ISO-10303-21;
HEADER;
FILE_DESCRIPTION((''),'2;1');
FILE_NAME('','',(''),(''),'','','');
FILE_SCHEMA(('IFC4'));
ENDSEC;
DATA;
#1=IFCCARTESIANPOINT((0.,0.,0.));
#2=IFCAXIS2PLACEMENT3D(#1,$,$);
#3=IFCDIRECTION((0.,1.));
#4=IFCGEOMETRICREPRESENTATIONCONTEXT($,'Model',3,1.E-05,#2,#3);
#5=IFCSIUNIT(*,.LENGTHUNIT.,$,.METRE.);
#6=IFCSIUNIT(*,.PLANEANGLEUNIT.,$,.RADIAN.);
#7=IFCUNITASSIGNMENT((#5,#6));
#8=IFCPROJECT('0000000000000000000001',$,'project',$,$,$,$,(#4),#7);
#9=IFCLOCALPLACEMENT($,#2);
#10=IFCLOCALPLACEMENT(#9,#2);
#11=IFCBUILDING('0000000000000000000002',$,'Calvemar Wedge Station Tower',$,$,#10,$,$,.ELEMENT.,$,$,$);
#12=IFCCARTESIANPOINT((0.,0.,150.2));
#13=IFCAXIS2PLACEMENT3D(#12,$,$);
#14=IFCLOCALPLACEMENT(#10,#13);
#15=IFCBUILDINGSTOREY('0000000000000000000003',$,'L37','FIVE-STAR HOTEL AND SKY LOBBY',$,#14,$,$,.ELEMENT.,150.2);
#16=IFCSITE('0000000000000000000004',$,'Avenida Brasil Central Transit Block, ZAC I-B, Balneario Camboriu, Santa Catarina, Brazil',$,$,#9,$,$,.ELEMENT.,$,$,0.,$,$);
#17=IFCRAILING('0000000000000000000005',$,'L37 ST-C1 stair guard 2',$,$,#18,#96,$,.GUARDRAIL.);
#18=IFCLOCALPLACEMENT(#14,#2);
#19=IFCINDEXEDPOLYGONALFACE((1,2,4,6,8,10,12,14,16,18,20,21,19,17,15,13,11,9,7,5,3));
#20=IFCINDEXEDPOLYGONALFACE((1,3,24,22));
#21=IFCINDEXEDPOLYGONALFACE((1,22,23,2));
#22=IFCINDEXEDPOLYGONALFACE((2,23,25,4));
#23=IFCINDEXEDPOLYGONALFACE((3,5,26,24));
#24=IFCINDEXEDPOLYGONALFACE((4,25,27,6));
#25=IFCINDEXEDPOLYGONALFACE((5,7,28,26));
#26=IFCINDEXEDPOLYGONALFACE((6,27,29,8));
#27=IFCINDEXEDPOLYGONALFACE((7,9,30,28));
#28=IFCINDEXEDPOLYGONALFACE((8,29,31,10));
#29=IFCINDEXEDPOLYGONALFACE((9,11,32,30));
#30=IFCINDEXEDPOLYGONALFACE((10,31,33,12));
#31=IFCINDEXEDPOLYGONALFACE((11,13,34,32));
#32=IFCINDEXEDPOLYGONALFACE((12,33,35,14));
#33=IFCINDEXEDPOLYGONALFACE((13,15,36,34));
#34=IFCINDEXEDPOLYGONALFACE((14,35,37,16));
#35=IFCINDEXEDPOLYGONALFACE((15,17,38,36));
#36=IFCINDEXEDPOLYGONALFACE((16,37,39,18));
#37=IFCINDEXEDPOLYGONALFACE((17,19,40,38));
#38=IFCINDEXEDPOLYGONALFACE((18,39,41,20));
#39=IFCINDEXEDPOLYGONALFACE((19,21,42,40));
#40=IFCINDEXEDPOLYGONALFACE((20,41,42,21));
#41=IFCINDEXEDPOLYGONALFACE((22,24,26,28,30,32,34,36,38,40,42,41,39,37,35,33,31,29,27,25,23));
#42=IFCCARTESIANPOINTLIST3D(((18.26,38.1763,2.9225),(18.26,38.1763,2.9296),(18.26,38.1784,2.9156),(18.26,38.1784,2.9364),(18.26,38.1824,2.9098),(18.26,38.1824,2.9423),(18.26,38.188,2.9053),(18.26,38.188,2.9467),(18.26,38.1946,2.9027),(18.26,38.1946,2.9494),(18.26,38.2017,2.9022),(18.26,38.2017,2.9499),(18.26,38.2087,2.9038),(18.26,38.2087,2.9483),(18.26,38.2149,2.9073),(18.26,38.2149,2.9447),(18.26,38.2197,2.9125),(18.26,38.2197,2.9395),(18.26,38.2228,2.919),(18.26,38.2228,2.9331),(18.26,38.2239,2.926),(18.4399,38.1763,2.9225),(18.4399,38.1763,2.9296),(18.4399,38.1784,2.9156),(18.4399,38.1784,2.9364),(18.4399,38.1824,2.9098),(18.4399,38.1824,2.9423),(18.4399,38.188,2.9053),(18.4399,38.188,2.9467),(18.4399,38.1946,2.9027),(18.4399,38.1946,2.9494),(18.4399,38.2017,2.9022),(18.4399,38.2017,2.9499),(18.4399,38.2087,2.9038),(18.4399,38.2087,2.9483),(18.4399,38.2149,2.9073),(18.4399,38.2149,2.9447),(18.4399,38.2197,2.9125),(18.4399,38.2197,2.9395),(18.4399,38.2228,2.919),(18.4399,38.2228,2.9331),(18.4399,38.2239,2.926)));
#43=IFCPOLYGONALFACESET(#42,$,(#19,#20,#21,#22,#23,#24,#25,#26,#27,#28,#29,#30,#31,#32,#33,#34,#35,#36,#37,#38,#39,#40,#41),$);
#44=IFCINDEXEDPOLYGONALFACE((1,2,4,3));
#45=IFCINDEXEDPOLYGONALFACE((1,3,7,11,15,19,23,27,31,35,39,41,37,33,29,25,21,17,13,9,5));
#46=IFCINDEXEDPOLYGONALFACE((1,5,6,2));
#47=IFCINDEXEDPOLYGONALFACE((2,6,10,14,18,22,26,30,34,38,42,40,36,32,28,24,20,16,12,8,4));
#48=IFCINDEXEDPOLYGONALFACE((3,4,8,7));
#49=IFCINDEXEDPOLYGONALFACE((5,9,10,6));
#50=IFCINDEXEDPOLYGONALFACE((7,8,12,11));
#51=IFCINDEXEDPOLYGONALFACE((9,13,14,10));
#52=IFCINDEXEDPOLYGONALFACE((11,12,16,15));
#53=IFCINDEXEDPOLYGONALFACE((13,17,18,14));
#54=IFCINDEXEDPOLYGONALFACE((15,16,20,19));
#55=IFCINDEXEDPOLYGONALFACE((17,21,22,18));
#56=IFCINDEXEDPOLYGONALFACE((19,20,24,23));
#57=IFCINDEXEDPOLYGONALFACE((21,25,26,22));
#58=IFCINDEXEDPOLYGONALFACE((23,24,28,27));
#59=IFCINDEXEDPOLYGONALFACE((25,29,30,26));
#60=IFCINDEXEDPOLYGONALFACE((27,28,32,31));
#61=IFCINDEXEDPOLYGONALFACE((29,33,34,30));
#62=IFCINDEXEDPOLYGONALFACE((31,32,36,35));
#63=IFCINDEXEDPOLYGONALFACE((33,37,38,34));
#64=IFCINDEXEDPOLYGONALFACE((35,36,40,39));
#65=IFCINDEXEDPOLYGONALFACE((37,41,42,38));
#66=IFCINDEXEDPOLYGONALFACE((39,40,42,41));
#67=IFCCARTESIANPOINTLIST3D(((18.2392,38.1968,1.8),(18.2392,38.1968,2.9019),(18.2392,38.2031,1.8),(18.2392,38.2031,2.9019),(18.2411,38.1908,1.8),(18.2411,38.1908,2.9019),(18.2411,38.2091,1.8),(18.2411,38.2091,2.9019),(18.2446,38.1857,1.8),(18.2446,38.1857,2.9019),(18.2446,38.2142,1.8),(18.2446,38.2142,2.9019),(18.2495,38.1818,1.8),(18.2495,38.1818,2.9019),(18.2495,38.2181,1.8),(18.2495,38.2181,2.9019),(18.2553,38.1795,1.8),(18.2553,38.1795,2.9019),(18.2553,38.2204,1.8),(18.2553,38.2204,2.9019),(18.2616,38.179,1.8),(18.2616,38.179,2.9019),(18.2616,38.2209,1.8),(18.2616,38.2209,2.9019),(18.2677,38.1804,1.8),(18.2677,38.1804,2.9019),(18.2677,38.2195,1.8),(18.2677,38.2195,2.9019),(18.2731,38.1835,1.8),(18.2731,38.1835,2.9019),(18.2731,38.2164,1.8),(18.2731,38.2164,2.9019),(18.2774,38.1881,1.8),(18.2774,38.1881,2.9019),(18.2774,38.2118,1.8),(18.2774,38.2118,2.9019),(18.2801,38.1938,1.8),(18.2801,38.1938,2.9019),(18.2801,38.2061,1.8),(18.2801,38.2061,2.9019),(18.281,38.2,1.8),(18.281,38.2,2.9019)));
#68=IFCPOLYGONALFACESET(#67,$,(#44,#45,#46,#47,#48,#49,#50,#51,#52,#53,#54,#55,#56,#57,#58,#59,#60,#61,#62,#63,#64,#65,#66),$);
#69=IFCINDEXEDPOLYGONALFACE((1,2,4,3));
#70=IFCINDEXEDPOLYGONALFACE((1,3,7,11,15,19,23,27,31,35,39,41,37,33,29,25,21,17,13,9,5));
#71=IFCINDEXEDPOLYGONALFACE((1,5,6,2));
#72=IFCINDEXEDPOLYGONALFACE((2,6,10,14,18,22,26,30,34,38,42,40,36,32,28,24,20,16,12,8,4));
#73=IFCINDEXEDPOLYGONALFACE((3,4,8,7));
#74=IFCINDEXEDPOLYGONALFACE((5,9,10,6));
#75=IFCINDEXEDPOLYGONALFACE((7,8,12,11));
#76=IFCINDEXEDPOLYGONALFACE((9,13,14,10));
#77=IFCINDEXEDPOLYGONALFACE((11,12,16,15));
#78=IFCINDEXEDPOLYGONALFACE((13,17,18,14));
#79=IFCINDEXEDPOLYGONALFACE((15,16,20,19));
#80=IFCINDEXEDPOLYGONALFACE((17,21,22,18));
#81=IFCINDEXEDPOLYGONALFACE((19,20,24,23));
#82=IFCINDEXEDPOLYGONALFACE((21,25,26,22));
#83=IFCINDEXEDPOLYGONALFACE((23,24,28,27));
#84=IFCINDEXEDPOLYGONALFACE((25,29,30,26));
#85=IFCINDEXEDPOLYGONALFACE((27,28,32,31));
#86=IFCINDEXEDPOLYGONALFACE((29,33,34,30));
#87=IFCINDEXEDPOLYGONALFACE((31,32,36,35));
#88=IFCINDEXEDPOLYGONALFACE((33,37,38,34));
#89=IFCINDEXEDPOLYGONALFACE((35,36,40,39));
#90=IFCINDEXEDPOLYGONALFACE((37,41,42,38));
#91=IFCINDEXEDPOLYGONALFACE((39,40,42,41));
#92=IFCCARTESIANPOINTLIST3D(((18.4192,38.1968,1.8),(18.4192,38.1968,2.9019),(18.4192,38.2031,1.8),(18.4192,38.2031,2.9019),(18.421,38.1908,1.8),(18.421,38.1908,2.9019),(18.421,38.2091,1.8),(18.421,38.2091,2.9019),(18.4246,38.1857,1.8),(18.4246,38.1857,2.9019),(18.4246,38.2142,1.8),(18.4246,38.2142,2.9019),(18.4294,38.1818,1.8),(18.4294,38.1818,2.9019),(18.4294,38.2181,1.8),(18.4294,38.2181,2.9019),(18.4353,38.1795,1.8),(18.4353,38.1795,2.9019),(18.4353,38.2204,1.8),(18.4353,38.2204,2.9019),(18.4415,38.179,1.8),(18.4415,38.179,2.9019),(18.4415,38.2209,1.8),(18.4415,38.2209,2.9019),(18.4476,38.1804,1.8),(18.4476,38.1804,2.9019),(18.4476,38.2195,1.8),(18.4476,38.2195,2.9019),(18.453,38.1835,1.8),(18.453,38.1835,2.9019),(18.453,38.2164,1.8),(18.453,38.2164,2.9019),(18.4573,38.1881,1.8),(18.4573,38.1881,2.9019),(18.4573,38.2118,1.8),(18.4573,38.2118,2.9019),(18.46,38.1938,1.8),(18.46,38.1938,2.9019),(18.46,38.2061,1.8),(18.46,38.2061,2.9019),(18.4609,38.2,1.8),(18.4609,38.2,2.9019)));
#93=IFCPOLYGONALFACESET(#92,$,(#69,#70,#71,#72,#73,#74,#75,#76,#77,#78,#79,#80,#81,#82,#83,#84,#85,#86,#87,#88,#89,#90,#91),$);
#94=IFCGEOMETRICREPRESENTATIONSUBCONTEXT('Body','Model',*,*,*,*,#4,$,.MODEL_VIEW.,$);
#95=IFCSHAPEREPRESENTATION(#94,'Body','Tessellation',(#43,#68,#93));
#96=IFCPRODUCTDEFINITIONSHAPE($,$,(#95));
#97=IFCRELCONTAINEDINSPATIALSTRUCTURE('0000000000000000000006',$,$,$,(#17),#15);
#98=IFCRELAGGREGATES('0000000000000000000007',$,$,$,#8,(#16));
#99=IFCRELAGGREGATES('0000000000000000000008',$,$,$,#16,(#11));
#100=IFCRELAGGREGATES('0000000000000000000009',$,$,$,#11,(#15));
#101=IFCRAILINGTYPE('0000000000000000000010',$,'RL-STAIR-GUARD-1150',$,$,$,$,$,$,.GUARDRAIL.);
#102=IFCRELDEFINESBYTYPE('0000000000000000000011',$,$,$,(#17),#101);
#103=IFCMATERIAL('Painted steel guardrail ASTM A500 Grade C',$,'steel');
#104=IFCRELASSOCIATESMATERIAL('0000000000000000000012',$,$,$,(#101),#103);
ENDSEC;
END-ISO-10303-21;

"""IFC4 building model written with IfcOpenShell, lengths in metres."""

from ifc_helpers import new_model, si_unit, direction, frame, origin, origin_2d, place, context, subcontext, project, spatial, circle, extrude, material, type_object, element, save


model = new_model("IFC4")

# Units and contexts
model_context = context("Model", 3, precision=1e-05, world=origin(), true_north=direction((0.0, 1.0)))
body_context = subcontext(model_context, "Body", "Model", "MODEL_VIEW")
ifc_project = project(units=[si_unit("LENGTHUNIT", "METRE"), si_unit("PLANEANGLEUNIT", "RADIAN")], contexts=[model_context])

# Site, building, storey
site_placement = place(None, origin())
site = spatial("IfcSite", under=ifc_project, at=site_placement, Name="Avenida Brasil Central Transit Block, ZAC I-B, Balneario Camboriu, Santa Catarina, Brazil", CompositionType="ELEMENT", RefElevation=0.0)
building_placement = place(site_placement, origin())
building = spatial("IfcBuilding", under=site, at=building_placement, Name="Calvemar Wedge Station Tower", CompositionType="ELEMENT")
storey_placement = place(building_placement, frame((0.0, 0.0, 150.2)))
storey = spatial("IfcBuildingStorey", under=building, at=storey_placement, Name="L37", Description="FIVE-STAR HOTEL AND SKY LOBBY", CompositionType="ELEMENT", Elevation=150.2)

# Railing
ifc_material_1 = material(Name="Painted steel guardrail ASTM A500 Grade C", Category="steel")
railing_type_1 = type_object("IfcRailingType", Name="RL-STAIR-GUARD-1150", PredefinedType="GUARDRAIL", material=ifc_material_1)
railing_1_placement = place(storey_placement, frame((18.26, 38.2, 1.8)))
element("IfcRailing", 1, at=railing_1_placement, inside=storey, type_object=railing_type_1, Name="L37 ST-C1 stair guard 2", PredefinedType="GUARDRAIL", context=body_context, shape_type="SweptSolid", body=[
    extrude(circle(Radius=0.0239, at=origin_2d()), frame((0.0, 0.0, 1.126), z_axis=(1.0, 0.0, 0.0), x_axis=(0.0, 1.0, 0.0)), (0.0, 0.0, 1.0), 0.1799),
    extrude(circle(Radius=0.021, at=origin_2d()), origin(), (0.0, 0.0, 1.0), 1.1018),
    extrude(circle(Radius=0.021, at=origin_2d()), frame((0.1799, 0.0, 0.0)), (0.0, 0.0, 1.0), 1.1018),
])

save(model, "model.ifc")
